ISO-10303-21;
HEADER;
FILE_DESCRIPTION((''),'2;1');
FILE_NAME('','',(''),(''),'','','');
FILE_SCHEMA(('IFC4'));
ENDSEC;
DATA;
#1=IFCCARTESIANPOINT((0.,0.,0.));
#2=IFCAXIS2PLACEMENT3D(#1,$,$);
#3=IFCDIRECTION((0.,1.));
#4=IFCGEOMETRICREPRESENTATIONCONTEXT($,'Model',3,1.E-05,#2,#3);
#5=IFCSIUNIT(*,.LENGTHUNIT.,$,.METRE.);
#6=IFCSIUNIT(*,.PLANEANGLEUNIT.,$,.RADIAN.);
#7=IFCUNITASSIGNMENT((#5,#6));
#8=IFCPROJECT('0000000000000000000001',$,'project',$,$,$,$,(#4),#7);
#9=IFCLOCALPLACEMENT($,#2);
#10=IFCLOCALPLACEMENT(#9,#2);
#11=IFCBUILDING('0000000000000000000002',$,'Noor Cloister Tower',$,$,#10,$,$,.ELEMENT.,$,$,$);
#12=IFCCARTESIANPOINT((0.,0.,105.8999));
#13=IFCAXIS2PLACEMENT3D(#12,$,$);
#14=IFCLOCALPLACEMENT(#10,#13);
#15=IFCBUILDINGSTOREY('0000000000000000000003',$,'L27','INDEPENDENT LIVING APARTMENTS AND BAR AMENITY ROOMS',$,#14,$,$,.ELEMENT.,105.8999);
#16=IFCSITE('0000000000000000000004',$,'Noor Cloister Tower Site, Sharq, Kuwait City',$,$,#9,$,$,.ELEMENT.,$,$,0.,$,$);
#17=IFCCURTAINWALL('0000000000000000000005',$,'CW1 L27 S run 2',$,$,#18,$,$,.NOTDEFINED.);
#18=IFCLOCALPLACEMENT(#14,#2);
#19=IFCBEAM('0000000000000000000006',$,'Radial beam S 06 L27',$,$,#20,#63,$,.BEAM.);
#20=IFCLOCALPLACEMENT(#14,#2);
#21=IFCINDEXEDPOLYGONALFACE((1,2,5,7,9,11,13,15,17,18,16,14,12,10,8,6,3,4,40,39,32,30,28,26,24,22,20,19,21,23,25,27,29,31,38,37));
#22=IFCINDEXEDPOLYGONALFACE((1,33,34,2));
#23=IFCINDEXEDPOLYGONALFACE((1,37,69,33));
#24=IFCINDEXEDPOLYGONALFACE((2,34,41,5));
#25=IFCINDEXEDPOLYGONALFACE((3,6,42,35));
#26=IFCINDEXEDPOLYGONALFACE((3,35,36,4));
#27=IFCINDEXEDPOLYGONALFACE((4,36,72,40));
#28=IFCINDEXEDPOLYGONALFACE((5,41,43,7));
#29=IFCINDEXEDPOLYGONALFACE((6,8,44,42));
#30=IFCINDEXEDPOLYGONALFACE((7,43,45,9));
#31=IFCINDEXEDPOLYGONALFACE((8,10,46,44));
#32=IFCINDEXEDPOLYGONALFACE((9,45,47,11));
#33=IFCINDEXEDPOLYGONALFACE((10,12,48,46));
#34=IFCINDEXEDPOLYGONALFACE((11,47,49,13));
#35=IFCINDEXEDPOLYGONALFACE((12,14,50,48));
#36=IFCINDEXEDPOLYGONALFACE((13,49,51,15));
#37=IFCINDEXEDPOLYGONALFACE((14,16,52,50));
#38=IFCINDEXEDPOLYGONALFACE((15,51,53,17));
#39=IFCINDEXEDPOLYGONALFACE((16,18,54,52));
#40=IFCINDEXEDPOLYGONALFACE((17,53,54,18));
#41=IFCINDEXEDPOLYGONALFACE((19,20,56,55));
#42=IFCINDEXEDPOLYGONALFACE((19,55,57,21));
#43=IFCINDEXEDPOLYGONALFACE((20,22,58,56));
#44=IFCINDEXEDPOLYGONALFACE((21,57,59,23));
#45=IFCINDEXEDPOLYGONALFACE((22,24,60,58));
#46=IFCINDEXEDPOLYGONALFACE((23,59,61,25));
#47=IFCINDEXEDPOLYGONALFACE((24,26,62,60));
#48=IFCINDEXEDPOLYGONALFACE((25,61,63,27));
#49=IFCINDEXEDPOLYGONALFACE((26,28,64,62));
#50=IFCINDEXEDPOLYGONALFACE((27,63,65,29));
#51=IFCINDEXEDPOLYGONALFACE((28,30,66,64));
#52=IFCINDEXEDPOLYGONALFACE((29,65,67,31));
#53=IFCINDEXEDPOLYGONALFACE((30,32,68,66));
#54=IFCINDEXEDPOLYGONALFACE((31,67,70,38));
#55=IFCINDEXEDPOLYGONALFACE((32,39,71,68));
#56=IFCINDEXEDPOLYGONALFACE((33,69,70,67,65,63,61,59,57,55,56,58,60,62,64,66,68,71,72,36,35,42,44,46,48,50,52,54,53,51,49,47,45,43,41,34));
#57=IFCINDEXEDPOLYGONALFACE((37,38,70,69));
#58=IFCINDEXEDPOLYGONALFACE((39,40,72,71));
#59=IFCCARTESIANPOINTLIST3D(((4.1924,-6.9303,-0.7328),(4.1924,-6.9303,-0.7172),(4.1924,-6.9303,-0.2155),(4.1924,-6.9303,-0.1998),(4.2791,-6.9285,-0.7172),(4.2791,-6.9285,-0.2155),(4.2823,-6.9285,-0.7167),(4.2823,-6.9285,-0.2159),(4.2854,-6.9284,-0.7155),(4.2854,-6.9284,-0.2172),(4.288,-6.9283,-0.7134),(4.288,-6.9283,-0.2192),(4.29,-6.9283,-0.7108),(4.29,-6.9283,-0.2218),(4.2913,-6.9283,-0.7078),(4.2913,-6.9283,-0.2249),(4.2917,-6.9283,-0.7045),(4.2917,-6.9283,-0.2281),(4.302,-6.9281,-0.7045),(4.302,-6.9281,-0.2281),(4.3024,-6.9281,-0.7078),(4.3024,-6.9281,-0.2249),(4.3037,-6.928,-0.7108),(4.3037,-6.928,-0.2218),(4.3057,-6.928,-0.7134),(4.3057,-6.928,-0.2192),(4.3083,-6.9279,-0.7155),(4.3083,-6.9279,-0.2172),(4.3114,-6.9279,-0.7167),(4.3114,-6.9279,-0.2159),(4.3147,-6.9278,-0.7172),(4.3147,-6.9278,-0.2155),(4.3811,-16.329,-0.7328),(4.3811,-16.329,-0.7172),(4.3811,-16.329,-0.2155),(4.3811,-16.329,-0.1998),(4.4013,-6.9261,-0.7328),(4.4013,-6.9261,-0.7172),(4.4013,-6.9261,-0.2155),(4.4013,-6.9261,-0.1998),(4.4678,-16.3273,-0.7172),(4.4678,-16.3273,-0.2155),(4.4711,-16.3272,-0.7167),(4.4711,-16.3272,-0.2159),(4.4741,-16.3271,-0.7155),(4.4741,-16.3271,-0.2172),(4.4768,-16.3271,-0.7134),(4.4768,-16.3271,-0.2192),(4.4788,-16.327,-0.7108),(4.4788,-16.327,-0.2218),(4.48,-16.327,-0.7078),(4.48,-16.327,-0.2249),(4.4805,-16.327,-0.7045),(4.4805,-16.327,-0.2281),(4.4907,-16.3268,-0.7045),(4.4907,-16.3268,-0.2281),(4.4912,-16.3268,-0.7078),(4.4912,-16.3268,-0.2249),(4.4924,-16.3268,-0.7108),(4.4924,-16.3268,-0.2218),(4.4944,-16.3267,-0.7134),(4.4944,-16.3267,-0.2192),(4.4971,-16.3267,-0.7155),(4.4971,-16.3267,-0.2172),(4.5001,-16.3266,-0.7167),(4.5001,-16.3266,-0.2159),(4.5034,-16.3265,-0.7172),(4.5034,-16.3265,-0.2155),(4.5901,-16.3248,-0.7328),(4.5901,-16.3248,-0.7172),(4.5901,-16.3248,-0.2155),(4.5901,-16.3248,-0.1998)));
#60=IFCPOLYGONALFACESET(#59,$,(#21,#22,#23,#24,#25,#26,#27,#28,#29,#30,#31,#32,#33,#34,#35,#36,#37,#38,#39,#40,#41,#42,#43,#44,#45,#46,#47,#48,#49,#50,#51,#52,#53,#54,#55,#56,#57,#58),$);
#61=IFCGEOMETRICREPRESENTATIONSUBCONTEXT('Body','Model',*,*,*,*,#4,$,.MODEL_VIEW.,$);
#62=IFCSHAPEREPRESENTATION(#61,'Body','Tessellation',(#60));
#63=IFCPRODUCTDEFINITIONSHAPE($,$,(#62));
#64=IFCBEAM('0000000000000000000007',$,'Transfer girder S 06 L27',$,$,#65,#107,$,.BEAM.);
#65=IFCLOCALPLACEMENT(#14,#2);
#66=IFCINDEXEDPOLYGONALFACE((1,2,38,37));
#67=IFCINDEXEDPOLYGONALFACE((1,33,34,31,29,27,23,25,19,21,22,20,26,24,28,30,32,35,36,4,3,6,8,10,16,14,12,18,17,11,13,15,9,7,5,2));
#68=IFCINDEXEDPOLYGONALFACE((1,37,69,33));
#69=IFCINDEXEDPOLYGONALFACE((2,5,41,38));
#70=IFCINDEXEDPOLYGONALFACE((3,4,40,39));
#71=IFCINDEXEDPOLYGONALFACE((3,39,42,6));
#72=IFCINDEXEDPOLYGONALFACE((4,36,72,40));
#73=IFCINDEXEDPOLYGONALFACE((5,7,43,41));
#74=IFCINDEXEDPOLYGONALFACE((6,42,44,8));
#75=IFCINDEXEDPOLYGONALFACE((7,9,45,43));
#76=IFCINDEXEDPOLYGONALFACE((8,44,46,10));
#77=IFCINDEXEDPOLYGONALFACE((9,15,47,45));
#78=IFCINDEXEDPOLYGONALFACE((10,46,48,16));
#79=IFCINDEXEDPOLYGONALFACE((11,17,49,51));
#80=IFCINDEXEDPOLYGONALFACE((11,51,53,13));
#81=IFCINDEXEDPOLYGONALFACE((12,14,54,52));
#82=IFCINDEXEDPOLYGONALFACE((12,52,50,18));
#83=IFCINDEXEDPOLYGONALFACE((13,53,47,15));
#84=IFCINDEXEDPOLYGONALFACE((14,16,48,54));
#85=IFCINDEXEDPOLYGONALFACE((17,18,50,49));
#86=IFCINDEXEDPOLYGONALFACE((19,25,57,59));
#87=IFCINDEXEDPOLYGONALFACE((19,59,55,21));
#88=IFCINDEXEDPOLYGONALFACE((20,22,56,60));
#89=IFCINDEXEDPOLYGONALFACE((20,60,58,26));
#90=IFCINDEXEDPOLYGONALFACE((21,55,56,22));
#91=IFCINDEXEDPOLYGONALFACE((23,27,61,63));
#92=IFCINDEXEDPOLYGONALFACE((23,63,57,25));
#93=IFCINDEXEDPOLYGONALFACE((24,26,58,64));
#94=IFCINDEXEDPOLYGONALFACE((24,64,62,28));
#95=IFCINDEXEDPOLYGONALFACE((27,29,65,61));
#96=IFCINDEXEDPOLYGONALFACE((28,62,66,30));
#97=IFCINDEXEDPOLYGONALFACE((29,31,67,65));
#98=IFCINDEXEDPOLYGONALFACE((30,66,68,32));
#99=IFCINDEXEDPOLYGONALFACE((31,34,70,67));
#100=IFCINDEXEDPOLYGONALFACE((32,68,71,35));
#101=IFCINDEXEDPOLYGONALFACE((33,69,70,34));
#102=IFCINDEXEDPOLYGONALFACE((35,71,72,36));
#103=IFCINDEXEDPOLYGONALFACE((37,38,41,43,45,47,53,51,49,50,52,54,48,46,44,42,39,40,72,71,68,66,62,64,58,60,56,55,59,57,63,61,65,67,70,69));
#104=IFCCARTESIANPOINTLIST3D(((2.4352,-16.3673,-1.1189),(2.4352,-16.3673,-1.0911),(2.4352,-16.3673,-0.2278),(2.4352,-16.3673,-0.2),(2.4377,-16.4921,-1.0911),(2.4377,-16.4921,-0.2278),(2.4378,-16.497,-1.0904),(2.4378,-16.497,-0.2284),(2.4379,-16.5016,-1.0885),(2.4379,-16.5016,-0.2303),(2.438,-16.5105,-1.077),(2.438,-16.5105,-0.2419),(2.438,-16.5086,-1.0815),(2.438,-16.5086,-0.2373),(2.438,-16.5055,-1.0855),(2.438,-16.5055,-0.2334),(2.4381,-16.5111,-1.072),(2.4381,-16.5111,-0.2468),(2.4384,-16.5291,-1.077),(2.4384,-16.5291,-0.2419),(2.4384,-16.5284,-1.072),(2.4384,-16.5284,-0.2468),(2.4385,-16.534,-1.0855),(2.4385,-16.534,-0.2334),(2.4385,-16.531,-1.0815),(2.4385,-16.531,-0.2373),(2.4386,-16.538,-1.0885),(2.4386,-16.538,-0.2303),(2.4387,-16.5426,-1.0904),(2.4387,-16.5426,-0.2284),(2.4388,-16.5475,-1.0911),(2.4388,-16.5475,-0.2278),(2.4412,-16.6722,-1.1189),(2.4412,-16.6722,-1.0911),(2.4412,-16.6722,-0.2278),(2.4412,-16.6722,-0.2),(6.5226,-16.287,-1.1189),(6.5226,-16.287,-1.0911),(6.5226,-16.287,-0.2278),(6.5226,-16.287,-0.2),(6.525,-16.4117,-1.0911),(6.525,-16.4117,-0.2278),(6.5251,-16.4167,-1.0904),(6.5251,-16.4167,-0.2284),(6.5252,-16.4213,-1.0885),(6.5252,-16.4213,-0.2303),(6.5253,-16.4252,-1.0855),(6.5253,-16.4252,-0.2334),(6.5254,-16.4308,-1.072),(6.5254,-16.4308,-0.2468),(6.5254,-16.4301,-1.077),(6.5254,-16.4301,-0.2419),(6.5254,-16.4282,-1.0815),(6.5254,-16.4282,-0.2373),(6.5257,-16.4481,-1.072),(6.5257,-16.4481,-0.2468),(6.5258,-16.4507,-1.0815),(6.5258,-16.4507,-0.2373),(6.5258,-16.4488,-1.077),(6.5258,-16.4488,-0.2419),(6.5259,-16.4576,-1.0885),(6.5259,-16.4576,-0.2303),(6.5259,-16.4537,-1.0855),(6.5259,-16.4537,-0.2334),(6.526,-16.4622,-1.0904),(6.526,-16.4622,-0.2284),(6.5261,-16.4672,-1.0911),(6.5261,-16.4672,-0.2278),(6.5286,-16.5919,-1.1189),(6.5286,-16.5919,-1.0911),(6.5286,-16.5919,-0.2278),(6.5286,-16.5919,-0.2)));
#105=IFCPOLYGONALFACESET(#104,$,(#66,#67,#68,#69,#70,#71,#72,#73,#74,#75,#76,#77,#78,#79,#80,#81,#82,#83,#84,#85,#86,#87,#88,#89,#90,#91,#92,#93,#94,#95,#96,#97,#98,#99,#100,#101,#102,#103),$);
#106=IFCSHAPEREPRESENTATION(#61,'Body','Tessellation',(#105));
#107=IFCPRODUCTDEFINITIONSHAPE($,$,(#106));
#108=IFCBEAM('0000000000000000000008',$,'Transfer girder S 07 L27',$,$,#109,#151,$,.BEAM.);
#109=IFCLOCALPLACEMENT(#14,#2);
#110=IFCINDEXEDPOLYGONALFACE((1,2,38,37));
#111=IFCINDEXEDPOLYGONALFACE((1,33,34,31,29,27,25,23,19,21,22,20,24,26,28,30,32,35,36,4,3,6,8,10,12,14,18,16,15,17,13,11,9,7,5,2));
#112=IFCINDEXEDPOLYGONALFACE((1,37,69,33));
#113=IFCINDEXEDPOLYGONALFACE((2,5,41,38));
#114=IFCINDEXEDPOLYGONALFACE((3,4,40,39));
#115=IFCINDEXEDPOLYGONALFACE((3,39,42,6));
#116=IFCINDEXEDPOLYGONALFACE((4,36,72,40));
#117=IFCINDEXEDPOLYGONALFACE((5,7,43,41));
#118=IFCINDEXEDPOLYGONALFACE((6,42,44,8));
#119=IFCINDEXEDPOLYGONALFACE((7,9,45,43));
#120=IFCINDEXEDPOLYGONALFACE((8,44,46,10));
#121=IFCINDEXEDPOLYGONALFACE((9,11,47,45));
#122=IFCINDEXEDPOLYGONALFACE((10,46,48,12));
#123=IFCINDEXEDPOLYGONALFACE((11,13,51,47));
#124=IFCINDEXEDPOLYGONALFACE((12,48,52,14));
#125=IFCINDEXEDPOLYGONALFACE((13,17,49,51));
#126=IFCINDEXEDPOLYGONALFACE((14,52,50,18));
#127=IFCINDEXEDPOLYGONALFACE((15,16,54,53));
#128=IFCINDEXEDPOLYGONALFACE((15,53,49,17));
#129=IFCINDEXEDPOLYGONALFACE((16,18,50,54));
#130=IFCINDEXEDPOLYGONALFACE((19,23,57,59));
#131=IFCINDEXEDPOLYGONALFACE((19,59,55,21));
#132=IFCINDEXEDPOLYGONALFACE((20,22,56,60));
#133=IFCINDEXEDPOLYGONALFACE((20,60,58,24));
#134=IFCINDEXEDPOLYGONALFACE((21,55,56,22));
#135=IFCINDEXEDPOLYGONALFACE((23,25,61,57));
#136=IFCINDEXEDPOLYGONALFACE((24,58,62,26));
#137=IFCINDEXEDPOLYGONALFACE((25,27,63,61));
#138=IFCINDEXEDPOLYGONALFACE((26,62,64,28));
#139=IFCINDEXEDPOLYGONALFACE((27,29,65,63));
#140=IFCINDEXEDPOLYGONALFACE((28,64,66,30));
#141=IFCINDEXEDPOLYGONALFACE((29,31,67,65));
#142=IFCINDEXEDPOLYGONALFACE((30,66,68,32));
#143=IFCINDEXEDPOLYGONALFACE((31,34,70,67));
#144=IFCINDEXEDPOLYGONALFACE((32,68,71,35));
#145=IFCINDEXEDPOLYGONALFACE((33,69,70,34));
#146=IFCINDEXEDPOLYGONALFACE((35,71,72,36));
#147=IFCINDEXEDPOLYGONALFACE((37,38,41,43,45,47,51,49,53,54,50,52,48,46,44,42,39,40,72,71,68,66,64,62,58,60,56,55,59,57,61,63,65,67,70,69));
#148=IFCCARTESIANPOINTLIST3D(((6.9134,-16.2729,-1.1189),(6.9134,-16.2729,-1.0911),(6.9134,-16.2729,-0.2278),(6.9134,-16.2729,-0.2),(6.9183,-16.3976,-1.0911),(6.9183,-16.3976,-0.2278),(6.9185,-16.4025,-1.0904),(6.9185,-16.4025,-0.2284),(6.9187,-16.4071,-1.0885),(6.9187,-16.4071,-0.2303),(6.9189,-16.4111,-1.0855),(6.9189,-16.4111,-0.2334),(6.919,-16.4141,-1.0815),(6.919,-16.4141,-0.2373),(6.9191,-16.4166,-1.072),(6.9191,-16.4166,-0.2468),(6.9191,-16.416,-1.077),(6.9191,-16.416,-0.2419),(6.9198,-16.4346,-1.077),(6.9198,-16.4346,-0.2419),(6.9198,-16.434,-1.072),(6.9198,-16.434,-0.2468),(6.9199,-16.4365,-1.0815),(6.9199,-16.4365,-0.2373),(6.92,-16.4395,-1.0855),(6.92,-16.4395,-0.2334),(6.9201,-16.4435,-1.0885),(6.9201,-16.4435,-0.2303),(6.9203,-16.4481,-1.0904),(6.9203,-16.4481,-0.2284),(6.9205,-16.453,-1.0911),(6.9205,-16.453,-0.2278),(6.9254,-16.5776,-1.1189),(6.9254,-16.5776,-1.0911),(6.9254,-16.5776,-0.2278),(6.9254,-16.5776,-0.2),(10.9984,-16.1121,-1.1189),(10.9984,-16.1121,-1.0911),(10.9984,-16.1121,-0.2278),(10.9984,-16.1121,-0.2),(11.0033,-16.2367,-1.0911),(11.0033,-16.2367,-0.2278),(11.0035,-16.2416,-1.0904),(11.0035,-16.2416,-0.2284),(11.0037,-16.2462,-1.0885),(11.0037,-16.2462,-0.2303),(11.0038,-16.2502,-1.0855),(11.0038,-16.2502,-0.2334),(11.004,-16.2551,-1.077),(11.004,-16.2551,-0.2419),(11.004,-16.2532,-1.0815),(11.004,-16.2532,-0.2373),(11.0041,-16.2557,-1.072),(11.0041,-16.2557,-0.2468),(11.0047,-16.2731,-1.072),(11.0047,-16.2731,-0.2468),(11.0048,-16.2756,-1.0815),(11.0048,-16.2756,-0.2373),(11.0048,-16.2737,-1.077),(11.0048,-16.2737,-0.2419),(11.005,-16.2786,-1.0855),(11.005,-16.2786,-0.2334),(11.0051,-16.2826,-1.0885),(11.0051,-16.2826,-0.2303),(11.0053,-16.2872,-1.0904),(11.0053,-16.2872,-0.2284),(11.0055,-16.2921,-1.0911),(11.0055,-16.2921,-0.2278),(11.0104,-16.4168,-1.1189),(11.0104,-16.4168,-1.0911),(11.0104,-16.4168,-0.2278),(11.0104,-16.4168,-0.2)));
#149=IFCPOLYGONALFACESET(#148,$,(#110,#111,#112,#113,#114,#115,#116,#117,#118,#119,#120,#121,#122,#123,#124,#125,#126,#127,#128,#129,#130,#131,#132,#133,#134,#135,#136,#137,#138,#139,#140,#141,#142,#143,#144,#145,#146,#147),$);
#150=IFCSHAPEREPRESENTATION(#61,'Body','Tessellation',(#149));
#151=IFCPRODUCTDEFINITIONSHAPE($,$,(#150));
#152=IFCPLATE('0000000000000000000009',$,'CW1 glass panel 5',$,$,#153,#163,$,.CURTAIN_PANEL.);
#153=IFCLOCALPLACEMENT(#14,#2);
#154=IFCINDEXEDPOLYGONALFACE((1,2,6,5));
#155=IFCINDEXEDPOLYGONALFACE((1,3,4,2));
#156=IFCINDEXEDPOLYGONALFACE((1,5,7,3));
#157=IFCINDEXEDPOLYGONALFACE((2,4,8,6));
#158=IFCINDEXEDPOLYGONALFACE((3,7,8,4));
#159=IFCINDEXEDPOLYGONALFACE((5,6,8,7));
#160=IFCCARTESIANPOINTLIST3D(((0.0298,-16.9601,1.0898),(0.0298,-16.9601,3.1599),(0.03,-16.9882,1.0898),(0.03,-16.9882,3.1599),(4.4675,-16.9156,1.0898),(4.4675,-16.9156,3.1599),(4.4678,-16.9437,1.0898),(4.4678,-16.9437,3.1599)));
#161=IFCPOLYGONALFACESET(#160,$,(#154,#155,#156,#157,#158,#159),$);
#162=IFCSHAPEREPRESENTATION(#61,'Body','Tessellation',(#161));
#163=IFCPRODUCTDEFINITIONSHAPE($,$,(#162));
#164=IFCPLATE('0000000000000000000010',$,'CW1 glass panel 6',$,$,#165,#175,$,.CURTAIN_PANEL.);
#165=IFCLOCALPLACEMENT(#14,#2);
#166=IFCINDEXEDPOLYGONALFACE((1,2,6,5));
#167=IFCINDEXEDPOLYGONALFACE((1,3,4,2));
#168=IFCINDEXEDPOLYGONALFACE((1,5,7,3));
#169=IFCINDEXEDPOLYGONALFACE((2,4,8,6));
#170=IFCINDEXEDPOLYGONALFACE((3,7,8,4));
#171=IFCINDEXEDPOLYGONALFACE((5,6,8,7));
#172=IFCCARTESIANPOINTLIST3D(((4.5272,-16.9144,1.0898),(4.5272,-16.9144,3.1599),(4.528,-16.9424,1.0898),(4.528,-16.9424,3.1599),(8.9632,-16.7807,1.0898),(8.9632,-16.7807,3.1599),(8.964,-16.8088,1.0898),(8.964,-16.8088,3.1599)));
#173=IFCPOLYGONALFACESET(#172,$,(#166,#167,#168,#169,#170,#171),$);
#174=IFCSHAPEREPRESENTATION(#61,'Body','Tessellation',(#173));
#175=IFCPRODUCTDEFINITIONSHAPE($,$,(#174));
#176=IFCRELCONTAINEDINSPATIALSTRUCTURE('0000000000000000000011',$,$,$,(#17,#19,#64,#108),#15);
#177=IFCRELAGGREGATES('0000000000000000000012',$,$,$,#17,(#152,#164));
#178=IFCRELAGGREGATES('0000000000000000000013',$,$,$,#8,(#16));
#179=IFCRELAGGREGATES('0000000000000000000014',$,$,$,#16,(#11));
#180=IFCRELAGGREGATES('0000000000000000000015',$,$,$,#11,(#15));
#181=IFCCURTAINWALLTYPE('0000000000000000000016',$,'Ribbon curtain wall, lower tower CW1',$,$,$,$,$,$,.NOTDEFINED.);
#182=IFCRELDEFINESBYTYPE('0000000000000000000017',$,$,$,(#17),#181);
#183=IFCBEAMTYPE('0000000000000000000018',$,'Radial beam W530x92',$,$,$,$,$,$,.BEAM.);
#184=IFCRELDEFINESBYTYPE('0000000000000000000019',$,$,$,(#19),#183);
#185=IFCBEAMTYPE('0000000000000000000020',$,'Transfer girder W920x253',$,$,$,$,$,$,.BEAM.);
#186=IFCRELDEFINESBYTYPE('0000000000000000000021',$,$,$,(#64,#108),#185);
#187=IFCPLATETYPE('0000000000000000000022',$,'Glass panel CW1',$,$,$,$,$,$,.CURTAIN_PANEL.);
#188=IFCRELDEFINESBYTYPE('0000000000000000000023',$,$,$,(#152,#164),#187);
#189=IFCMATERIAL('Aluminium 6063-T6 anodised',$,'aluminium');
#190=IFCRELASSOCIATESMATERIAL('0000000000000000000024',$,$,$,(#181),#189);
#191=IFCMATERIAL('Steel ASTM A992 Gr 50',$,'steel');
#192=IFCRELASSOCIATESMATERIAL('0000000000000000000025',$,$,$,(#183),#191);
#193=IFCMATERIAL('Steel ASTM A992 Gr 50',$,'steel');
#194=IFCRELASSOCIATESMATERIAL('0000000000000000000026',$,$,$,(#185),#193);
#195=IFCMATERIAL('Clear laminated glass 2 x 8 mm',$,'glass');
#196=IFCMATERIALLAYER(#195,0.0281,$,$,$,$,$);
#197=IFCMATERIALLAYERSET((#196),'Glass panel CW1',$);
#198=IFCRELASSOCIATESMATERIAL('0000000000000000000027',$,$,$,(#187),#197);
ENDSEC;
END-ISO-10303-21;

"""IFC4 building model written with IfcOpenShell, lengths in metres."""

from ifc_helpers import new_model, si_unit, direction, frame, origin, origin_2d, place, context, subcontext, project, spatial, rectangle, i_section, extrude, material, layer, layer_set, material_profile, profile_set, type_object, element, aggregate, save


model = new_model("IFC4")

# Units and contexts
model_context = context("Model", 3, precision=1e-05, world=origin(), true_north=direction((0.0, 1.0)))
body_context = subcontext(model_context, "Body", "Model", "MODEL_VIEW")
ifc_project = project(units=[si_unit("LENGTHUNIT", "METRE"), si_unit("PLANEANGLEUNIT", "RADIAN")], contexts=[model_context])

# Site, building, storey
site_placement = place(None, origin())
site = spatial("IfcSite", under=ifc_project, at=site_placement, Name="Noor Cloister Tower Site, Sharq, Kuwait City", CompositionType="ELEMENT", RefElevation=0.0)
building_placement = place(site_placement, origin())
building = spatial("IfcBuilding", under=site, at=building_placement, Name="Noor Cloister Tower", CompositionType="ELEMENT")
storey_placement = place(building_placement, frame((0.0, 0.0, 105.8999)))
storey = spatial("IfcBuildingStorey", under=building, at=storey_placement, Name="L27", Description="INDEPENDENT LIVING APARTMENTS AND BAR AMENITY ROOMS", CompositionType="ELEMENT", Elevation=105.8999)

# Curtain wall
ifc_material_1 = material(Name="Aluminium 6063-T6 anodised", Category="aluminium")
curtain_wall_type = type_object("IfcCurtainWallType", Name="Ribbon curtain wall, lower tower CW1", PredefinedType="NOTDEFINED", material=ifc_material_1)
curtain_wall_placement = place(storey_placement, origin())
curtain_wall = element("IfcCurtainWall", 1, at=curtain_wall_placement, inside=storey, type_object=curtain_wall_type, Name="CW1 L27 S run 2", PredefinedType="NOTDEFINED")

# Beams
ifc_material_2 = material(Name="Steel ASTM A992 Gr 50", Category="steel")
ifc_material_profile_1 = material_profile(ifc_material_2, i_section(OverallWidth=0.209, OverallDepth=0.533, WebThickness=0.0103, FlangeThickness=0.0156, FilletRadius=0.0127, at=origin_2d()), Name="W530x92")
ifc_profile_set_1 = profile_set([ifc_material_profile_1], Name="Steel ASTM A992 Gr 50")
beam_type_1 = type_object("IfcBeamType", Name="Radial beam W530x92", PredefinedType="BEAM", material=ifc_profile_set_1)
beam_1_placement = place(storey_placement, frame((4.4856, -16.3269, -0.4663), z_axis=(-0.020075, 0.999798, 0.0), x_axis=(-0.999798, -0.020075, 0.0)))
element("IfcBeam", 2, at=beam_1_placement, inside=storey, type_object=beam_type_1, Name="Radial beam S 06 L27", PredefinedType="BEAM", context=body_context, shape_type="SweptSolid", body=[
    extrude(i_section(OverallWidth=0.209, OverallDepth=0.533, WebThickness=0.0103, FlangeThickness=0.0156, FilletRadius=0.0127, at=origin_2d()), origin(), (0.0, 0.0, 1.0), 9.4006),
])
ifc_material_3 = material(Name="Steel ASTM A992 Gr 50", Category="steel")
ifc_material_profile_2 = material_profile(ifc_material_3, i_section(OverallWidth=0.3049, OverallDepth=0.9189, WebThickness=0.0173, FlangeThickness=0.0278, FilletRadius=0.019, at=origin_2d()), Name="W920x253")
ifc_profile_set_2 = profile_set([ifc_material_profile_2], Name="Steel ASTM A992 Gr 50")
beam_type_2 = type_object("IfcBeamType", Name="Transfer girder W920x253", PredefinedType="BEAM", material=ifc_profile_set_2)
for number, where, z_axis, x_axis, name in (
    (3, (2.4382, -16.5198, -0.6594), (0.999807, 0.019647, 0.0), (-0.019647, 0.999807, 0.0), "Transfer girder S 06 L27"),
    (4, (6.9194, -16.4253, -0.6594), (0.999225, 0.039355, 0.0), (-0.039355, 0.999225, 0.0), "Transfer girder S 07 L27"),
):
    element("IfcBeam", number, at=place(storey_placement, frame(where, z_axis=z_axis, x_axis=x_axis)), inside=storey, type_object=beam_type_2, Name=name, PredefinedType="BEAM", context=body_context, shape_type="SweptSolid", body=[
        extrude(i_section(OverallWidth=0.3049, OverallDepth=0.9189, WebThickness=0.0173, FlangeThickness=0.0278, FilletRadius=0.019, at=origin_2d()), origin(), (0.0, 0.0, 1.0), 4.0881),
    ])

# Plates
ifc_material_4 = material(Name="Clear laminated glass 2 x 8 mm", Category="glass")
ifc_layer_1 = layer(ifc_material_4, 0.0281)
ifc_layer_set_1 = layer_set([ifc_layer_1], Name="Glass panel CW1")
plate_type = type_object("IfcPlateType", Name="Glass panel CW1", PredefinedType="CURTAIN_PANEL", material=ifc_layer_set_1)
plate_1_placement = place(storey_placement, frame((2.2488, -16.9519, 1.0898), z_axis=(0.0, 0.0, 1.0), x_axis=(0.99995, 0.010039, 0.0)))
plate_1 = element("IfcPlate", 5, at=plate_1_placement, type_object=plate_type, Name="CW1 glass panel 5", PredefinedType="CURTAIN_PANEL", context=body_context, shape_type="SweptSolid", body=[
    extrude(rectangle(XDim=4.438, YDim=0.0281, at=origin_2d()), origin(), (0.0, 0.0, 1.0), 2.0701),
])
plate_2_placement = place(storey_placement, frame((6.7456, -16.8616, 1.0898), z_axis=(0.0, 0.0, 1.0), x_axis=(0.999546, 0.030114, 0.0)))
plate_2 = element("IfcPlate", 6, at=plate_2_placement, type_object=plate_type, Name="CW1 glass panel 6", PredefinedType="CURTAIN_PANEL", context=body_context, shape_type="SweptSolid", body=[
    extrude(rectangle(XDim=4.438, YDim=0.0281, at=origin_2d()), origin(), (0.0, 0.0, 1.0), 2.0701),
])
aggregate(curtain_wall, [plate_1, plate_2])

save(model, "model.ifc")
